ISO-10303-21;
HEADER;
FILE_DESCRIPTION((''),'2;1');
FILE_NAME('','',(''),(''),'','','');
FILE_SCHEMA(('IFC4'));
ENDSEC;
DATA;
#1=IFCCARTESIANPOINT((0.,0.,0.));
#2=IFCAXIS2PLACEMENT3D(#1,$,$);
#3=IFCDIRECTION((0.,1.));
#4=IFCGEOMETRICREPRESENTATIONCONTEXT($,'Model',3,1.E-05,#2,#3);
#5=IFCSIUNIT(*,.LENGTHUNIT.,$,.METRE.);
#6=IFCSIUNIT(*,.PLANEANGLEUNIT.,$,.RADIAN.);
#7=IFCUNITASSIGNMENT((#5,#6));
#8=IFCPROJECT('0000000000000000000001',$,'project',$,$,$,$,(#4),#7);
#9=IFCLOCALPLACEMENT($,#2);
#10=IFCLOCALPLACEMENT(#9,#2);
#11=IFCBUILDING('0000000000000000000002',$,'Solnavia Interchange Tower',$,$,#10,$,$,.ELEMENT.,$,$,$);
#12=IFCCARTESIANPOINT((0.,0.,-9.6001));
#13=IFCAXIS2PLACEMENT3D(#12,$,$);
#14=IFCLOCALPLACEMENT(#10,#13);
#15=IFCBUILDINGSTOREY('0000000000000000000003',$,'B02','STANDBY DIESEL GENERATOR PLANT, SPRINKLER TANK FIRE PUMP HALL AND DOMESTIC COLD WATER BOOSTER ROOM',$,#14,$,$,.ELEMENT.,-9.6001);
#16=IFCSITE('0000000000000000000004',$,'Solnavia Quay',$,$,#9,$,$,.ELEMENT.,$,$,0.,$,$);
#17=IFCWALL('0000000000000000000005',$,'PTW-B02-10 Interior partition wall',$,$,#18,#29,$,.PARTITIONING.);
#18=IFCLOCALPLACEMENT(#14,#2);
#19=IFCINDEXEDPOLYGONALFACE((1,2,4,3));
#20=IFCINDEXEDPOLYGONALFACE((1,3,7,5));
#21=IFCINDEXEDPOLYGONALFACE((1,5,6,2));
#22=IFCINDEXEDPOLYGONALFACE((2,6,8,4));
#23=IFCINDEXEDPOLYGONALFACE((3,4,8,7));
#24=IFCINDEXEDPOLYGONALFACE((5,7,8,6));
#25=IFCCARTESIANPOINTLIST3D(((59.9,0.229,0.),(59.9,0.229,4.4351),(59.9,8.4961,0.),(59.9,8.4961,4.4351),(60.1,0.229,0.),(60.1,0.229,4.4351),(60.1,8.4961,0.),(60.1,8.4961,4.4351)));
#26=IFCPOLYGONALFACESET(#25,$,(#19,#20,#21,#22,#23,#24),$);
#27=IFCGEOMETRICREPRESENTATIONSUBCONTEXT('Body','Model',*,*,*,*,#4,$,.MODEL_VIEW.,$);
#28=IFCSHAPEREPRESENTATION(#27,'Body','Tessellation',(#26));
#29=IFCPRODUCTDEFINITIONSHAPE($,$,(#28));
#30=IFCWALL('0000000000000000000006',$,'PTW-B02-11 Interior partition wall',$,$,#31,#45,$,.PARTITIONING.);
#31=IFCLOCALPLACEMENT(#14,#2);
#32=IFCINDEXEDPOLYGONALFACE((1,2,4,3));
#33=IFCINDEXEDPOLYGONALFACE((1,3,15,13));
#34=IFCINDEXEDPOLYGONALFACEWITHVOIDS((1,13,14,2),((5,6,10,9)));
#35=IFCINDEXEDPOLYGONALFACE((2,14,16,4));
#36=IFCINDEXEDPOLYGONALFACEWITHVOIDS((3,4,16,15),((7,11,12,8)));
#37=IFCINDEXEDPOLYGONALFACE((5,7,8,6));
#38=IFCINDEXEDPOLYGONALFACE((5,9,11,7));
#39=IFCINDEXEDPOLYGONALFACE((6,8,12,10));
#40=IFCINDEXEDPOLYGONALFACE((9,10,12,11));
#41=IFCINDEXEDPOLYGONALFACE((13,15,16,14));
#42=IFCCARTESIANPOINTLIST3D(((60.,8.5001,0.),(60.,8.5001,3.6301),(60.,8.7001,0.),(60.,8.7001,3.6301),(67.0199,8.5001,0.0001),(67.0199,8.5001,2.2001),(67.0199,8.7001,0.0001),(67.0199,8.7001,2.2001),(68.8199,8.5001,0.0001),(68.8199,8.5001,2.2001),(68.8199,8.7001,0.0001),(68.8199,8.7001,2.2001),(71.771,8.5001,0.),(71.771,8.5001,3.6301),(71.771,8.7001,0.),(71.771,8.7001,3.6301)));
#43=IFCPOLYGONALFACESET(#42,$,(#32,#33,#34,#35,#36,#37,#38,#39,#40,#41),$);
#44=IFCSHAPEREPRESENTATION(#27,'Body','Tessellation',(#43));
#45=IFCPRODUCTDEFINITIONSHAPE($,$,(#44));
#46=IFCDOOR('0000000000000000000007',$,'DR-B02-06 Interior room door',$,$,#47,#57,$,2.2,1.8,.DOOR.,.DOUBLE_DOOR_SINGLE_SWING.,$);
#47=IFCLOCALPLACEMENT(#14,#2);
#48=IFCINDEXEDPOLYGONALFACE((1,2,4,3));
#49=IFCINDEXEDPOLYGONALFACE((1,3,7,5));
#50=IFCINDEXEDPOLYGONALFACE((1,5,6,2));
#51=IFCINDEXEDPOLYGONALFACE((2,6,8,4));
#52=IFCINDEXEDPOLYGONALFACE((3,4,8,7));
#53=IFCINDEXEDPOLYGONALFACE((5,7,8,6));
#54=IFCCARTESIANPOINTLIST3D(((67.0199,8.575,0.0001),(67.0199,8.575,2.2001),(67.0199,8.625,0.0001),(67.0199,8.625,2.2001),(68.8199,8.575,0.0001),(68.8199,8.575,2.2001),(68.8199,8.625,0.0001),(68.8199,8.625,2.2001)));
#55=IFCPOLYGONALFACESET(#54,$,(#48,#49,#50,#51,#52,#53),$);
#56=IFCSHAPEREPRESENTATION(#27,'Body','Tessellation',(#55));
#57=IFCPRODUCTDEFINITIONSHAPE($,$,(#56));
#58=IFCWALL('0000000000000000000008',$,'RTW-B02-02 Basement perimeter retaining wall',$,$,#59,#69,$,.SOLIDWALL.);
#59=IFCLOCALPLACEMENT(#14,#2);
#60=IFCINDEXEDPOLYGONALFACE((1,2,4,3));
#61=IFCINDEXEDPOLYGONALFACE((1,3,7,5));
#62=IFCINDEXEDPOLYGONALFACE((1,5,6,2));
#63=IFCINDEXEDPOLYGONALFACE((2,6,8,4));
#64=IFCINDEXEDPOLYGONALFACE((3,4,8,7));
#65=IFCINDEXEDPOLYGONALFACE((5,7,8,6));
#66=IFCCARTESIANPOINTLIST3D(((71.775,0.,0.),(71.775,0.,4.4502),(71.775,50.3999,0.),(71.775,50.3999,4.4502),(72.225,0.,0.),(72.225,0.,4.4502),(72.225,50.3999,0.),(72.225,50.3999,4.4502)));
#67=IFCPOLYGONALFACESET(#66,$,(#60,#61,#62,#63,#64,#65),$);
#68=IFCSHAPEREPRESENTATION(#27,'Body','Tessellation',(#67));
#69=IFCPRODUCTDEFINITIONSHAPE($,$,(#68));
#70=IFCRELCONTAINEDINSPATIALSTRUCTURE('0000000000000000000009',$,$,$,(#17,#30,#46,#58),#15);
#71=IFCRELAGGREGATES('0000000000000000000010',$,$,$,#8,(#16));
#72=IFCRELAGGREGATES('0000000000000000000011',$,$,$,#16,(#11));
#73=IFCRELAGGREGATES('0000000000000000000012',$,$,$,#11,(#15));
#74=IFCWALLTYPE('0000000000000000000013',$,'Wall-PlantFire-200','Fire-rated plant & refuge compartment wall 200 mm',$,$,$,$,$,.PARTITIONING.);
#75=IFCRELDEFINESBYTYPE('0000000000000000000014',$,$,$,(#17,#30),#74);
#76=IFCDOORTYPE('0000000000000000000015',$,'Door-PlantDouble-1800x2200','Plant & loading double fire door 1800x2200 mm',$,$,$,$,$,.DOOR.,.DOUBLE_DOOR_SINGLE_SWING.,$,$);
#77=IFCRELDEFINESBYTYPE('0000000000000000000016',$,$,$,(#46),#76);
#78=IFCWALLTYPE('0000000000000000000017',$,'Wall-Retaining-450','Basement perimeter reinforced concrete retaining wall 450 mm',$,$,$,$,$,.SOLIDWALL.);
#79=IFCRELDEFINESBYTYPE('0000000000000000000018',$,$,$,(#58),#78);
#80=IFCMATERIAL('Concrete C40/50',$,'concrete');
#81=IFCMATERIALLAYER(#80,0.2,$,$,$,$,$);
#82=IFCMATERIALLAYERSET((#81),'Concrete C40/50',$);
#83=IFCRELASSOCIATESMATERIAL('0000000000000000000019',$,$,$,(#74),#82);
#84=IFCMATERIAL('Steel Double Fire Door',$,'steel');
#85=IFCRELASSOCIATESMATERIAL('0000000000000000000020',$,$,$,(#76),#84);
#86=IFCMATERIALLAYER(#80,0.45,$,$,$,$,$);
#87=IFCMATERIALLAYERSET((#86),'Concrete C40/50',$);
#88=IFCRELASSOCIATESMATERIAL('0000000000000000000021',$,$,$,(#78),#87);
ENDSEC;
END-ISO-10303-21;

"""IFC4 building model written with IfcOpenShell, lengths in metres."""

from ifc_helpers import new_model, si_unit, direction, frame, frame_2d, origin, place, context, subcontext, project, spatial, rectangle, extrude, material, layer, layer_set, type_object, element, fill, save


model = new_model("IFC4")

# Units and contexts
model_context = context("Model", 3, precision=1e-05, world=origin(), true_north=direction((0.0, 1.0)))
body_context = subcontext(model_context, "Body", "Model", "MODEL_VIEW")
ifc_project = project(units=[si_unit("LENGTHUNIT", "METRE"), si_unit("PLANEANGLEUNIT", "RADIAN")], contexts=[model_context])

# Site, building, storey
site_placement = place(None, origin())
site = spatial("IfcSite", under=ifc_project, at=site_placement, Name="Solnavia Quay", CompositionType="ELEMENT", RefElevation=0.0)
building_placement = place(site_placement, origin())
building = spatial("IfcBuilding", under=site, at=building_placement, Name="Solnavia Interchange Tower", CompositionType="ELEMENT")
storey_placement = place(building_placement, frame((0.0, 0.0, -9.6001)))
storey = spatial("IfcBuildingStorey", under=building, at=storey_placement, Name="B02", Description="STANDBY DIESEL GENERATOR PLANT, SPRINKLER TANK FIRE PUMP HALL AND DOMESTIC COLD WATER BOOSTER ROOM", CompositionType="ELEMENT", Elevation=-9.6001)

# Shared definitions
ifc_material_1 = material(Name="Concrete C40/50", Category="concrete")

# Wall
ifc_layer_1 = layer(ifc_material_1, 0.2)
ifc_layer_set_1 = layer_set([ifc_layer_1], Name="Concrete C40/50")
wall_type_1 = type_object("IfcWallType", Name="Wall-PlantFire-200", Description="Fire-rated plant & refuge compartment wall 200 mm", PredefinedType="PARTITIONING", material=ifc_layer_set_1)
wall_1_placement = place(storey_placement, frame((60.0, 0.229, 0.0), z_axis=(0.0, 0.0, 1.0), x_axis=(0.0, 1.0, 0.0)))
element("IfcWall", 1, at=wall_1_placement, inside=storey, type_object=wall_type_1, Name="PTW-B02-10 Interior partition wall", PredefinedType="PARTITIONING", context=body_context, shape_type="SweptSolid", body=[
    extrude(rectangle(XDim=8.2671, YDim=0.2, at=frame_2d((4.1335, 0.0))), origin(), (0.0, 0.0, 1.0), 4.4351),
])

# Wall, opening, door
wall_2_placement = place(storey_placement, frame((60.0, 8.6001, 0.0), z_axis=(0.0, 0.0, 1.0), x_axis=(1.0, 0.0, 0.0)))
wall_2 = element("IfcWall", 2, at=wall_2_placement, inside=storey, type_object=wall_type_1, Name="PTW-B02-11 Interior partition wall", PredefinedType="PARTITIONING", context=body_context, shape_type="SweptSolid", body=[
    extrude(rectangle(XDim=11.771, YDim=0.2, at=frame_2d((5.8855, 0.0))), origin(), (0.0, 0.0, 1.0), 3.6301),
])
opening_placement = place(wall_2_placement, frame((7.02, 0.0, 0.0)))
opening = element("IfcOpeningElement", 3, at=opening_placement, cuts=wall_2, PredefinedType="OPENING", context=body_context, shape_type="SweptSolid", body=[
    extrude(rectangle(XDim=1.8, YDim=2.2, at=frame_2d((0.8999, 1.1001))), frame((0.0, 0.1099, 0.0), z_axis=(0.0, -1.0, 0.0), x_axis=(1.0, 0.0, 0.0)), (0.0, 0.0, 1.0), 0.22),
])
ifc_material_2 = material(Name="Steel Double Fire Door", Category="steel")
door_type = type_object("IfcDoorType", Name="Door-PlantDouble-1800x2200", Description="Plant & loading double fire door 1800x2200 mm", OperationType="DOUBLE_DOOR_SINGLE_SWING", PredefinedType="DOOR", material=ifc_material_2)
door_placement = place(opening_placement, origin())
door = element("IfcDoor", 4, at=door_placement, inside=storey, type_object=door_type, Name="DR-B02-06 Interior room door", OperationType="DOUBLE_DOOR_SINGLE_SWING", OverallHeight=2.2, OverallWidth=1.8, PredefinedType="DOOR", context=body_context, shape_type="SweptSolid", body=[
    extrude(rectangle(XDim=1.8, YDim=2.2, at=frame_2d((0.8999, 1.1001))), frame((0.0, 0.0249, 0.0), z_axis=(0.0, -1.0, 0.0), x_axis=(1.0, 0.0, 0.0)), (0.0, 0.0, 1.0), 0.05),
])
fill(opening, door)

# Wall
ifc_layer_2 = layer(ifc_material_1, 0.45)
ifc_layer_set_2 = layer_set([ifc_layer_2], Name="Concrete C40/50")
wall_type_2 = type_object("IfcWallType", Name="Wall-Retaining-450", Description="Basement perimeter reinforced concrete retaining wall 450 mm", PredefinedType="SOLIDWALL", material=ifc_layer_set_2)
wall_3_placement = place(storey_placement, frame((72.0, 0.0, 0.0), z_axis=(0.0, 0.0, 1.0), x_axis=(0.0, 1.0, 0.0)))
element("IfcWall", 5, at=wall_3_placement, inside=storey, type_object=wall_type_2, Name="RTW-B02-02 Basement perimeter retaining wall", PredefinedType="SOLIDWALL", context=body_context, shape_type="SweptSolid", body=[
    extrude(rectangle(XDim=50.3999, YDim=0.45, at=frame_2d((25.2, 0.0))), origin(), (0.0, 0.0, 1.0), 4.4502),
])

save(model, "model.ifc")
